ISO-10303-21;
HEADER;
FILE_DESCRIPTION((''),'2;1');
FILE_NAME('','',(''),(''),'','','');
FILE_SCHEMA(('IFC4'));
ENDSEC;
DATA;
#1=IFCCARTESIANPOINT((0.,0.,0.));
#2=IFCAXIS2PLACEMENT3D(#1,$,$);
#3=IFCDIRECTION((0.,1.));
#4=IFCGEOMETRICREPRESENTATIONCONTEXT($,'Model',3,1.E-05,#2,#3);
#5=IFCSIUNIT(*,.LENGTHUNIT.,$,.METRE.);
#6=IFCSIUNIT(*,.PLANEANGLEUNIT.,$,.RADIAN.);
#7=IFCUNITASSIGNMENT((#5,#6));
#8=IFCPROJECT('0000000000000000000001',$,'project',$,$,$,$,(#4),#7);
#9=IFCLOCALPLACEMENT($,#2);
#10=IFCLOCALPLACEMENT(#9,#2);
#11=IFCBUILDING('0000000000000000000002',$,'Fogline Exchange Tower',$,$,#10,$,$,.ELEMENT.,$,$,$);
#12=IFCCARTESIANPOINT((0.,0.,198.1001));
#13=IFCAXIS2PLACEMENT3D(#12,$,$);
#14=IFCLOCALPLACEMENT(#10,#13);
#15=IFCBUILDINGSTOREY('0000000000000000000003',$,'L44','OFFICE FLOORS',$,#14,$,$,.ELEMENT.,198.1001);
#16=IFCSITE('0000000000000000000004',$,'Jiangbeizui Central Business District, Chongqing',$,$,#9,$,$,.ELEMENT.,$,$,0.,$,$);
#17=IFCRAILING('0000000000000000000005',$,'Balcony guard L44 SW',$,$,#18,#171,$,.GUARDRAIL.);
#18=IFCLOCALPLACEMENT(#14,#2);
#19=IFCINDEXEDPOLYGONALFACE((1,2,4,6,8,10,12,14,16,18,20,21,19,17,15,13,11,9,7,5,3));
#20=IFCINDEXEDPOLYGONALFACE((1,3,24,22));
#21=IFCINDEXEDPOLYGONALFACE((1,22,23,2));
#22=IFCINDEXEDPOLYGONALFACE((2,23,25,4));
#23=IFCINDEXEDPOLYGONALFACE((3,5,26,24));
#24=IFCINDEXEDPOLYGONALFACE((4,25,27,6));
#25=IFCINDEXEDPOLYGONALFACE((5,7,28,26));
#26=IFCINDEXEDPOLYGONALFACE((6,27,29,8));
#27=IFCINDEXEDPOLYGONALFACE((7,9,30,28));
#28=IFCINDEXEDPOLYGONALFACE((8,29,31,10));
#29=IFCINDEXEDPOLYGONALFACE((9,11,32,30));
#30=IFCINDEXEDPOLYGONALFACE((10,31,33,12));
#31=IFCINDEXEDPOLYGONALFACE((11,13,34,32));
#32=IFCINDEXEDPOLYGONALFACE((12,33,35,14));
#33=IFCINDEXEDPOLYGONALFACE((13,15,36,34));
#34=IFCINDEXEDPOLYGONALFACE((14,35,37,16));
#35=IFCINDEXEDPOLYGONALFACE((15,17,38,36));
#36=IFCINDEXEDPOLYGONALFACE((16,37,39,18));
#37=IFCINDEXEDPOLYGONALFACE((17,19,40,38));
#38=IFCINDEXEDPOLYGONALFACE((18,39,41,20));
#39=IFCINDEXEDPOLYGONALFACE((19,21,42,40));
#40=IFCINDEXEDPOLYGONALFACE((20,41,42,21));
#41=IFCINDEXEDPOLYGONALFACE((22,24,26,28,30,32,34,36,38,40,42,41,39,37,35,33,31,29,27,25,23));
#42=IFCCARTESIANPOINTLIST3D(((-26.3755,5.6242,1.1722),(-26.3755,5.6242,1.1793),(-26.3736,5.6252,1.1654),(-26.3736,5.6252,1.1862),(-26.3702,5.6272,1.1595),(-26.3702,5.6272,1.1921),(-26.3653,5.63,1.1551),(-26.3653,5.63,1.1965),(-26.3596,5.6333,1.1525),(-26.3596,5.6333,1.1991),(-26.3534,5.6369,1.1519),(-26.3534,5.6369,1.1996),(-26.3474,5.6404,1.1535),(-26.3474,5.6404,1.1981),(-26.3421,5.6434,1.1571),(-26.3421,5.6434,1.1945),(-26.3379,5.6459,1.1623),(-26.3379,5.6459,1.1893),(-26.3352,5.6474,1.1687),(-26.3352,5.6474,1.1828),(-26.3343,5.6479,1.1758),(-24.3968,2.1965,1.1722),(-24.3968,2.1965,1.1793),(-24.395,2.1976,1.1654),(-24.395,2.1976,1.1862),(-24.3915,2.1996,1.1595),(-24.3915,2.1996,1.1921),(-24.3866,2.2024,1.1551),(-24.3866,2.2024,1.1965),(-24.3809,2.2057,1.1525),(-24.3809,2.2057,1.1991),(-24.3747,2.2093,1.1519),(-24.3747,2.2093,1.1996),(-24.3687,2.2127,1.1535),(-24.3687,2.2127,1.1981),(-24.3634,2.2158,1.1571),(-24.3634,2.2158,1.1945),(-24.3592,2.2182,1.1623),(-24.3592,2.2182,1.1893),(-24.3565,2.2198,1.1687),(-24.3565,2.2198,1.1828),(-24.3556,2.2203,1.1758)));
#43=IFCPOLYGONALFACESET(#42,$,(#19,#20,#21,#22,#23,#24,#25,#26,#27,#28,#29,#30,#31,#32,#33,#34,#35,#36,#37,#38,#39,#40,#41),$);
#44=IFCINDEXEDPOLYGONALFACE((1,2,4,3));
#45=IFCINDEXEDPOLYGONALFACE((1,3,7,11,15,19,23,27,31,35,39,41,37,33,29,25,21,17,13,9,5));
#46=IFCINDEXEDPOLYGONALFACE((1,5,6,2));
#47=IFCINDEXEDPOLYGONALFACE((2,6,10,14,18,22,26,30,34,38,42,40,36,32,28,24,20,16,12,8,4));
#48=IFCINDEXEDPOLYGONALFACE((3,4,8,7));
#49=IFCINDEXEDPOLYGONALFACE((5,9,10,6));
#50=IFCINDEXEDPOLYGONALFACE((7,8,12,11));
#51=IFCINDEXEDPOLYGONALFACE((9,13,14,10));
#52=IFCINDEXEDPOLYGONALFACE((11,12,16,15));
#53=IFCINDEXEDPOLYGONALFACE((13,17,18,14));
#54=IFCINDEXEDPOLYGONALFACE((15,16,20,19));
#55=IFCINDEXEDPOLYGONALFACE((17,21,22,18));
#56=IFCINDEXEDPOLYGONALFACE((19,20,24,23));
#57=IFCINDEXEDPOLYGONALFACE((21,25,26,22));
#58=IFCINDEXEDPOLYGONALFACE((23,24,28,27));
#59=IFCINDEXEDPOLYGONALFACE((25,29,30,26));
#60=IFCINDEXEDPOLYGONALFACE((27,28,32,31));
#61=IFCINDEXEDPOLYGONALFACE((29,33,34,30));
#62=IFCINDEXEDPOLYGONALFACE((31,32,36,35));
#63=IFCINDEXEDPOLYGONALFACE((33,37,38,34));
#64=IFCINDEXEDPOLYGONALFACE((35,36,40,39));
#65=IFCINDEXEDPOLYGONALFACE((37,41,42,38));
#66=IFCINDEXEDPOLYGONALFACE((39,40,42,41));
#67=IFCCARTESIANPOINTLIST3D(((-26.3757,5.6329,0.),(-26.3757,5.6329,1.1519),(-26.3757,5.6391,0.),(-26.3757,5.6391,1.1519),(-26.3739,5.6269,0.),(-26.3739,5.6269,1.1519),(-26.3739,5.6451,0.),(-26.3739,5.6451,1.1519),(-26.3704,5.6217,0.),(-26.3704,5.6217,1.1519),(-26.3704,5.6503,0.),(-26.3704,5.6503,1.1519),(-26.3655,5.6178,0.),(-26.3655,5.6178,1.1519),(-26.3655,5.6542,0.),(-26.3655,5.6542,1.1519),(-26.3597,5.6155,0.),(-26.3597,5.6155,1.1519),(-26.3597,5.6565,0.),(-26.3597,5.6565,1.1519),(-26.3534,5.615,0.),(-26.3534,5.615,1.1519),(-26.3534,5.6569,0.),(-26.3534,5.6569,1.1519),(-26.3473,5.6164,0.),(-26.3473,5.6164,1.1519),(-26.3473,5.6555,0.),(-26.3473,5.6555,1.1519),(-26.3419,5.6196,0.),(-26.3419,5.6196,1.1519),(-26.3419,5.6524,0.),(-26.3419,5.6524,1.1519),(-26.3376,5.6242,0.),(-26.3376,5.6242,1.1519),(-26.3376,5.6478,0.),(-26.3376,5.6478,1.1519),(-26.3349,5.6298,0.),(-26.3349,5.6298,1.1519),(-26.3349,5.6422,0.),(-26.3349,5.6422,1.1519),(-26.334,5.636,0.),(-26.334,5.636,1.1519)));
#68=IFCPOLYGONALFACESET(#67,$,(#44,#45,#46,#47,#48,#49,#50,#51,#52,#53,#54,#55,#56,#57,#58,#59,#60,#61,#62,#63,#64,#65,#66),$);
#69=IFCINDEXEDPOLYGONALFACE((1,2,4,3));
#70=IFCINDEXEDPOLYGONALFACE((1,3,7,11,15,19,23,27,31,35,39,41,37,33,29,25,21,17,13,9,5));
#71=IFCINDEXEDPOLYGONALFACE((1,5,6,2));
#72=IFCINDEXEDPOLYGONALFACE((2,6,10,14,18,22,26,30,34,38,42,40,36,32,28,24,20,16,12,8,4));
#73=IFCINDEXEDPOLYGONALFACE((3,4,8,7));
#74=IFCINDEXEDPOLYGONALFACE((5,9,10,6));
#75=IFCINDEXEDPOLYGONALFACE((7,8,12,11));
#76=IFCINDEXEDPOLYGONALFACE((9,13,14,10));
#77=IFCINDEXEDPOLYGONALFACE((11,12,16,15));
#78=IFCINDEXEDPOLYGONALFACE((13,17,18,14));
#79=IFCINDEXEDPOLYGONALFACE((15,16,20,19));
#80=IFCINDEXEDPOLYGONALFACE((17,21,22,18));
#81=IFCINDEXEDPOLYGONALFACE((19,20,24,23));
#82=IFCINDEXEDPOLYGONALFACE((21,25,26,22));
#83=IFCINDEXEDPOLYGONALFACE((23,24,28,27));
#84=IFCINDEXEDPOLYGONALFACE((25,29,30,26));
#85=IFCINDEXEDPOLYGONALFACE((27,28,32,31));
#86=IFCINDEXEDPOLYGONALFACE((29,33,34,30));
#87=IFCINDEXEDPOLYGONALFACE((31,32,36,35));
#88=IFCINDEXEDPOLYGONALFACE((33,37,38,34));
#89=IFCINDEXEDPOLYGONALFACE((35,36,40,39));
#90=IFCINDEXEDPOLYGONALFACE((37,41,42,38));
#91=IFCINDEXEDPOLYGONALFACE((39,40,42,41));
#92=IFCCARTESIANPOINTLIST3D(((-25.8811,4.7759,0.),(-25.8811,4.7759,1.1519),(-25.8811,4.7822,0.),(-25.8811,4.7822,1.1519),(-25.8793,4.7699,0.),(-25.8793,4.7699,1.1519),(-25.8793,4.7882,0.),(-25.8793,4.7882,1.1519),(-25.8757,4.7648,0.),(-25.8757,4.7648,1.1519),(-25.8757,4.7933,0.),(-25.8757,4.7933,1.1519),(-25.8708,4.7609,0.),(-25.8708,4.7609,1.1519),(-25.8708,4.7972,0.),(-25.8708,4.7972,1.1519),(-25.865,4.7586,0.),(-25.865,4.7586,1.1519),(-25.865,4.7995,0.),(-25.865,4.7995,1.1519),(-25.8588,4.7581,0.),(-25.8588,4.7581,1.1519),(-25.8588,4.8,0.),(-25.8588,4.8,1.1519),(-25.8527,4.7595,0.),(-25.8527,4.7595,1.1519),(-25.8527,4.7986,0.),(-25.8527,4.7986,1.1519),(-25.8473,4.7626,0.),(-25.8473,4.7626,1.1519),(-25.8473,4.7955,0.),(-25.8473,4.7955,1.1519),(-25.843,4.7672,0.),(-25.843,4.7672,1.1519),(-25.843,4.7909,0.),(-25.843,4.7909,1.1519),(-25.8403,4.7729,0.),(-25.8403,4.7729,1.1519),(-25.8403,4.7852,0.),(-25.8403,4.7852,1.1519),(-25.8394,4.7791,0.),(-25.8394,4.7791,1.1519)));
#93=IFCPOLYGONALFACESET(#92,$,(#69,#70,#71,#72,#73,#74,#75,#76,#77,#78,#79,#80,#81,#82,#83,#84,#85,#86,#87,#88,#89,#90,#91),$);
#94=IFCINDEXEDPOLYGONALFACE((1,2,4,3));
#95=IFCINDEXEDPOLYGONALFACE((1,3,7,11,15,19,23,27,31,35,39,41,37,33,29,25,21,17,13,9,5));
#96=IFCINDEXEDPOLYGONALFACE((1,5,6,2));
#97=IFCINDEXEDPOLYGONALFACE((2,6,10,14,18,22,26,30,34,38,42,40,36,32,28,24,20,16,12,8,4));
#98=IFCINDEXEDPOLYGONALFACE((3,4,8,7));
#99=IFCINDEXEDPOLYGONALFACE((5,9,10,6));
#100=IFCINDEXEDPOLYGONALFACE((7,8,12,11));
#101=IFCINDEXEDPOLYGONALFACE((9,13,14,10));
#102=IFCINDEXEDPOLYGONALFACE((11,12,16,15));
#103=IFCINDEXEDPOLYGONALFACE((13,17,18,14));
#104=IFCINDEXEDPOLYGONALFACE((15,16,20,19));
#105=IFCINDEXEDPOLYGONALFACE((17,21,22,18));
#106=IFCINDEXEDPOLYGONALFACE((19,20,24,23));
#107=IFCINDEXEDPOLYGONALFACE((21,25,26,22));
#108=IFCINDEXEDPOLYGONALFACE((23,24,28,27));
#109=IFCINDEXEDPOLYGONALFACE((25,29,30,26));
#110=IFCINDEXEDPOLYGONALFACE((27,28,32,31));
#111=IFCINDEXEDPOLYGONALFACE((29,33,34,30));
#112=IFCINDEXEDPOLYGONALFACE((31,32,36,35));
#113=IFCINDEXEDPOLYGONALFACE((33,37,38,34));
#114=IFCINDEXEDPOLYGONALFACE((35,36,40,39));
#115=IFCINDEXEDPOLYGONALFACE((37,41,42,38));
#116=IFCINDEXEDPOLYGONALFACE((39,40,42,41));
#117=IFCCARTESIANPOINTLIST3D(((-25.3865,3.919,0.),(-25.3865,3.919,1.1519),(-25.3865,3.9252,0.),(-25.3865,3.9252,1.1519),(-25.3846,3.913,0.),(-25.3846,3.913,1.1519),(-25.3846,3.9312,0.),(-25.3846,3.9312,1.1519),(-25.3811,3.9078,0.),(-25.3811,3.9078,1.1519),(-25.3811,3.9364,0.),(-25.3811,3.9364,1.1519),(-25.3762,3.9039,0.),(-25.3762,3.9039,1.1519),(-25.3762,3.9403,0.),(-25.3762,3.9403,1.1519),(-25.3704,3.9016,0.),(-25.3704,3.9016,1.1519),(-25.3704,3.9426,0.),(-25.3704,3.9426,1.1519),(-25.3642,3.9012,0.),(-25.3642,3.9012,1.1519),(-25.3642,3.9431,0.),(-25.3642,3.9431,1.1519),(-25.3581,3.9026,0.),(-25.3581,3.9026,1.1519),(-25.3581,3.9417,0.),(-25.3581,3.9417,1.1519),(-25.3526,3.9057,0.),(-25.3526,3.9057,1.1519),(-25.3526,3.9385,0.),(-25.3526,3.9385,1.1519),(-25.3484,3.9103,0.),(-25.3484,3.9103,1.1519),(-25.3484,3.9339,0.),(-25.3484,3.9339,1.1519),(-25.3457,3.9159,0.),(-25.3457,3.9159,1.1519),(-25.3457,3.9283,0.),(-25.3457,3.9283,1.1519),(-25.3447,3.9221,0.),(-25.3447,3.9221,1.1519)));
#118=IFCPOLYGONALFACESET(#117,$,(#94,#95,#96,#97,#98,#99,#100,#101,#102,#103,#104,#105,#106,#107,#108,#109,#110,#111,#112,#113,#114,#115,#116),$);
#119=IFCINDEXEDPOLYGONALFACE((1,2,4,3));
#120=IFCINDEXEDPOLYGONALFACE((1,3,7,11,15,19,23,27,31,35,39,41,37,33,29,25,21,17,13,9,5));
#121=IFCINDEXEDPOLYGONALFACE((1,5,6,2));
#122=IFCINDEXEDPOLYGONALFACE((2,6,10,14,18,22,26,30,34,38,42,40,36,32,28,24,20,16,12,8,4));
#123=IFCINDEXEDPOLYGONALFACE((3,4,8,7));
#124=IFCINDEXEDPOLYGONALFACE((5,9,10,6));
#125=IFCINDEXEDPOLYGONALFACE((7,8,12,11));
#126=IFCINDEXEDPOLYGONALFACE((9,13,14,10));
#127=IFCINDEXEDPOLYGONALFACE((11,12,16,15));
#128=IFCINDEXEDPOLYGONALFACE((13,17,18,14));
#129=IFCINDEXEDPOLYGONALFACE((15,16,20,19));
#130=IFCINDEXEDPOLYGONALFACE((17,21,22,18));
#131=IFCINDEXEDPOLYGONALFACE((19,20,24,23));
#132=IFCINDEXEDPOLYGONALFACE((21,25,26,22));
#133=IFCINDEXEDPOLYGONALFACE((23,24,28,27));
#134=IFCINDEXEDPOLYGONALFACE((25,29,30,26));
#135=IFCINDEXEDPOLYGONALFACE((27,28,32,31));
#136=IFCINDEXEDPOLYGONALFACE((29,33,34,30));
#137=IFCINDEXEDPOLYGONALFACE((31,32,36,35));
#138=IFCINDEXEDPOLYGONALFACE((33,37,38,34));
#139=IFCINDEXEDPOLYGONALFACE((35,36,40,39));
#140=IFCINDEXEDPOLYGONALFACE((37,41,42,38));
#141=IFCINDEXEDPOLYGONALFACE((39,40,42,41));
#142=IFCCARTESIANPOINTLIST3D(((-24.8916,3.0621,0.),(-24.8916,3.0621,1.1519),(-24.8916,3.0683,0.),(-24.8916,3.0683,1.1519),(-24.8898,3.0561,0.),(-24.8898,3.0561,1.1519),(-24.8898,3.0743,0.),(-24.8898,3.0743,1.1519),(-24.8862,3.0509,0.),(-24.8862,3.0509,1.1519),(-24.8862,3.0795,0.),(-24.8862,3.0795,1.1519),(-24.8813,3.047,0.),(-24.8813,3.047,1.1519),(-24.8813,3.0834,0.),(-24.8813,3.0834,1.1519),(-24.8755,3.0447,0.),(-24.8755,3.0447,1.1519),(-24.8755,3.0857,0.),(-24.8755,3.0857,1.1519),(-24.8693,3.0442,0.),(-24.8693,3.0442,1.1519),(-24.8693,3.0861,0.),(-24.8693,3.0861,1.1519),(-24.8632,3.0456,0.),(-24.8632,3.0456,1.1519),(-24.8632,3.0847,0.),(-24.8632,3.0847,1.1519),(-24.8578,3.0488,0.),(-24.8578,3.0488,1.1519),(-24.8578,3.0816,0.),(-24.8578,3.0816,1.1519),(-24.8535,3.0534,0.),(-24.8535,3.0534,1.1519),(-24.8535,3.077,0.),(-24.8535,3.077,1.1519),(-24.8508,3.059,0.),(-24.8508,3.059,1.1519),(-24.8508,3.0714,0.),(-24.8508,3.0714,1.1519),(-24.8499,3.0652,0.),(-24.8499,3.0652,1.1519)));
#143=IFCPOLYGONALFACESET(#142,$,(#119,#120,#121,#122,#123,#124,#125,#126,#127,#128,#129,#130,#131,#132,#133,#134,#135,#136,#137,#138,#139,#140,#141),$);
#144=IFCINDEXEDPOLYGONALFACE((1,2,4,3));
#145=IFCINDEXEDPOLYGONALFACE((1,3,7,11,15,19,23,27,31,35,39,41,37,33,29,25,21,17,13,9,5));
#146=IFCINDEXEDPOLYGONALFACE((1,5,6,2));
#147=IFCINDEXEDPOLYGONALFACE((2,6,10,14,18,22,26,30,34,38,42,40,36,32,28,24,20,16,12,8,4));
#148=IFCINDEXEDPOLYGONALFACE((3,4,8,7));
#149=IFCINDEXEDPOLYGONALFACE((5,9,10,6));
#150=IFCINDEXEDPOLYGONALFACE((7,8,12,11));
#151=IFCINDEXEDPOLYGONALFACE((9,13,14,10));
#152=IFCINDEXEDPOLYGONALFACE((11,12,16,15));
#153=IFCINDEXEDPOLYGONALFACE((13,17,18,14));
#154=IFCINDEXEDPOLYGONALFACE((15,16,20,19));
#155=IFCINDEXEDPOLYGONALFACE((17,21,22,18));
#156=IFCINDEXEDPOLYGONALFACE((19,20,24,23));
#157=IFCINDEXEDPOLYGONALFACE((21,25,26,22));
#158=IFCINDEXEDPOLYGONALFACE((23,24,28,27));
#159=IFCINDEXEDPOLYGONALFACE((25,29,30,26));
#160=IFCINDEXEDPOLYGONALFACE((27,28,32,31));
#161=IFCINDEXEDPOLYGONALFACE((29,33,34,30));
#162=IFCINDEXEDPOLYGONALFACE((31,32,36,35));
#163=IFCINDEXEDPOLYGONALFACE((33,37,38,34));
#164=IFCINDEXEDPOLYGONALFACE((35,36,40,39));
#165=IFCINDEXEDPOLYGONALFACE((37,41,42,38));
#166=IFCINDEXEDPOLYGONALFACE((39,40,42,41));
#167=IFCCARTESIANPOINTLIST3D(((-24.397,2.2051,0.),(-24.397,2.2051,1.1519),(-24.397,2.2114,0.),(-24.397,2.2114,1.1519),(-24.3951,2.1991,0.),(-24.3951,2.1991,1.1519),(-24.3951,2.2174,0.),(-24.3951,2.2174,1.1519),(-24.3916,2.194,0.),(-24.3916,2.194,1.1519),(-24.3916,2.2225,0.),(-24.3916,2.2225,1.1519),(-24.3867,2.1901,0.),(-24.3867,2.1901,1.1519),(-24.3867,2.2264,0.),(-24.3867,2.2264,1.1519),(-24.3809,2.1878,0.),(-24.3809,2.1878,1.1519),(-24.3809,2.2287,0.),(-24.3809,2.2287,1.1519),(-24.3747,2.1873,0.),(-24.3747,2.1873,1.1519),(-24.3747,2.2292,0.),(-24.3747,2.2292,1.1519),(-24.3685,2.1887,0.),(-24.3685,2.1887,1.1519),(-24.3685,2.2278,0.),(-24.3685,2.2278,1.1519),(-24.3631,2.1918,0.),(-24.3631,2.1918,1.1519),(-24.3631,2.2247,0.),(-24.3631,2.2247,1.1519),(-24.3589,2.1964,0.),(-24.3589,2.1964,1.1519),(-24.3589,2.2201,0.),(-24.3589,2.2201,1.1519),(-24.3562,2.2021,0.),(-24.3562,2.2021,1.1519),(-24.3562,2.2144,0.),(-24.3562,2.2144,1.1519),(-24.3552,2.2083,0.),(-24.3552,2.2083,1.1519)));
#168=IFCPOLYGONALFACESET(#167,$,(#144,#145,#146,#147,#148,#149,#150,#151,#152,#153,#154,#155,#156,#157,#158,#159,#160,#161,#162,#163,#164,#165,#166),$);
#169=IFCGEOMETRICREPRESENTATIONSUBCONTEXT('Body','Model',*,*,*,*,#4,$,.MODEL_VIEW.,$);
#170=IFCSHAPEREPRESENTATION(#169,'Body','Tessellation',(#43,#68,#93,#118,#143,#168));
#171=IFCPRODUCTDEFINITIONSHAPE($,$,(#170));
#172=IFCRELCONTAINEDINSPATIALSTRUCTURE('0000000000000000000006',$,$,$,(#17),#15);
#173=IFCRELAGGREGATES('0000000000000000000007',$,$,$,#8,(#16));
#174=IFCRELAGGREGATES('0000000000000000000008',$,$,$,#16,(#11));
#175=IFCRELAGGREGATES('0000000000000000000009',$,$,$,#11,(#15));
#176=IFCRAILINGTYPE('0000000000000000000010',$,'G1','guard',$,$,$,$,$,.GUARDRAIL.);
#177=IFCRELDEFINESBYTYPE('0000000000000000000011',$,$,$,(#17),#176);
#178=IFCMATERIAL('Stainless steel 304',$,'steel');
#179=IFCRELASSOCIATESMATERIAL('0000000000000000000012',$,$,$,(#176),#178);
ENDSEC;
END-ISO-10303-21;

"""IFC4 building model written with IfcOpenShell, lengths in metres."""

from ifc_helpers import new_model, si_unit, direction, frame, origin, origin_2d, place, context, subcontext, project, spatial, circle, extrude, material, type_object, element, save


model = new_model("IFC4")

# Units and contexts
model_context = context("Model", 3, precision=1e-05, world=origin(), true_north=direction((0.0, 1.0)))
body_context = subcontext(model_context, "Body", "Model", "MODEL_VIEW")
ifc_project = project(units=[si_unit("LENGTHUNIT", "METRE"), si_unit("PLANEANGLEUNIT", "RADIAN")], contexts=[model_context])

# Site, building, storey
site_placement = place(None, origin())
site = spatial("IfcSite", under=ifc_project, at=site_placement, Name="Jiangbeizui Central Business District, Chongqing", CompositionType="ELEMENT", RefElevation=0.0)
building_placement = place(site_placement, origin())
building = spatial("IfcBuilding", under=site, at=building_placement, Name="Fogline Exchange Tower", CompositionType="ELEMENT")
storey_placement = place(building_placement, frame((0.0, 0.0, 198.1001)))
storey = spatial("IfcBuildingStorey", under=building, at=storey_placement, Name="L44", Description="OFFICE FLOORS", CompositionType="ELEMENT", Elevation=198.1001)

# Railing
ifc_material_1 = material(Name="Stainless steel 304", Category="steel")
railing_type = type_object("IfcRailingType", Name="G1", Description="guard", PredefinedType="GUARDRAIL", material=ifc_material_1)
railing_placement = place(storey_placement, frame((-26.355, 5.636, 0.0)))
element("IfcRailing", 1, at=railing_placement, inside=storey, type_object=railing_type, Name="Balcony guard L44 SW", PredefinedType="GUARDRAIL", context=body_context, shape_type="SweptSolid", body=[
    extrude(circle(Radius=0.0239, at=origin_2d()), frame((0.0, 0.0, 1.1758), z_axis=(0.499954, -0.866052, 0.0), x_axis=(0.866052, 0.499954, 0.0)), (0.0, 0.0, 1.0), 3.9578),
    extrude(circle(Radius=0.021, at=origin_2d()), origin(), (0.0, 0.0, 1.0), 1.1519),
    extrude(circle(Radius=0.021, at=origin_2d()), frame((0.4946, -0.8569, 0.0)), (0.0, 0.0, 1.0), 1.1519),
    extrude(circle(Radius=0.021, at=origin_2d()), frame((0.9893, -1.7139, 0.0)), (0.0, 0.0, 1.0), 1.1519),
    extrude(circle(Radius=0.021, at=origin_2d()), frame((1.4841, -2.5708, 0.0)), (0.0, 0.0, 1.0), 1.1519),
    extrude(circle(Radius=0.021, at=origin_2d()), frame((1.9788, -3.4277, 0.0)), (0.0, 0.0, 1.0), 1.1519),
])

save(model, "model.ifc")
